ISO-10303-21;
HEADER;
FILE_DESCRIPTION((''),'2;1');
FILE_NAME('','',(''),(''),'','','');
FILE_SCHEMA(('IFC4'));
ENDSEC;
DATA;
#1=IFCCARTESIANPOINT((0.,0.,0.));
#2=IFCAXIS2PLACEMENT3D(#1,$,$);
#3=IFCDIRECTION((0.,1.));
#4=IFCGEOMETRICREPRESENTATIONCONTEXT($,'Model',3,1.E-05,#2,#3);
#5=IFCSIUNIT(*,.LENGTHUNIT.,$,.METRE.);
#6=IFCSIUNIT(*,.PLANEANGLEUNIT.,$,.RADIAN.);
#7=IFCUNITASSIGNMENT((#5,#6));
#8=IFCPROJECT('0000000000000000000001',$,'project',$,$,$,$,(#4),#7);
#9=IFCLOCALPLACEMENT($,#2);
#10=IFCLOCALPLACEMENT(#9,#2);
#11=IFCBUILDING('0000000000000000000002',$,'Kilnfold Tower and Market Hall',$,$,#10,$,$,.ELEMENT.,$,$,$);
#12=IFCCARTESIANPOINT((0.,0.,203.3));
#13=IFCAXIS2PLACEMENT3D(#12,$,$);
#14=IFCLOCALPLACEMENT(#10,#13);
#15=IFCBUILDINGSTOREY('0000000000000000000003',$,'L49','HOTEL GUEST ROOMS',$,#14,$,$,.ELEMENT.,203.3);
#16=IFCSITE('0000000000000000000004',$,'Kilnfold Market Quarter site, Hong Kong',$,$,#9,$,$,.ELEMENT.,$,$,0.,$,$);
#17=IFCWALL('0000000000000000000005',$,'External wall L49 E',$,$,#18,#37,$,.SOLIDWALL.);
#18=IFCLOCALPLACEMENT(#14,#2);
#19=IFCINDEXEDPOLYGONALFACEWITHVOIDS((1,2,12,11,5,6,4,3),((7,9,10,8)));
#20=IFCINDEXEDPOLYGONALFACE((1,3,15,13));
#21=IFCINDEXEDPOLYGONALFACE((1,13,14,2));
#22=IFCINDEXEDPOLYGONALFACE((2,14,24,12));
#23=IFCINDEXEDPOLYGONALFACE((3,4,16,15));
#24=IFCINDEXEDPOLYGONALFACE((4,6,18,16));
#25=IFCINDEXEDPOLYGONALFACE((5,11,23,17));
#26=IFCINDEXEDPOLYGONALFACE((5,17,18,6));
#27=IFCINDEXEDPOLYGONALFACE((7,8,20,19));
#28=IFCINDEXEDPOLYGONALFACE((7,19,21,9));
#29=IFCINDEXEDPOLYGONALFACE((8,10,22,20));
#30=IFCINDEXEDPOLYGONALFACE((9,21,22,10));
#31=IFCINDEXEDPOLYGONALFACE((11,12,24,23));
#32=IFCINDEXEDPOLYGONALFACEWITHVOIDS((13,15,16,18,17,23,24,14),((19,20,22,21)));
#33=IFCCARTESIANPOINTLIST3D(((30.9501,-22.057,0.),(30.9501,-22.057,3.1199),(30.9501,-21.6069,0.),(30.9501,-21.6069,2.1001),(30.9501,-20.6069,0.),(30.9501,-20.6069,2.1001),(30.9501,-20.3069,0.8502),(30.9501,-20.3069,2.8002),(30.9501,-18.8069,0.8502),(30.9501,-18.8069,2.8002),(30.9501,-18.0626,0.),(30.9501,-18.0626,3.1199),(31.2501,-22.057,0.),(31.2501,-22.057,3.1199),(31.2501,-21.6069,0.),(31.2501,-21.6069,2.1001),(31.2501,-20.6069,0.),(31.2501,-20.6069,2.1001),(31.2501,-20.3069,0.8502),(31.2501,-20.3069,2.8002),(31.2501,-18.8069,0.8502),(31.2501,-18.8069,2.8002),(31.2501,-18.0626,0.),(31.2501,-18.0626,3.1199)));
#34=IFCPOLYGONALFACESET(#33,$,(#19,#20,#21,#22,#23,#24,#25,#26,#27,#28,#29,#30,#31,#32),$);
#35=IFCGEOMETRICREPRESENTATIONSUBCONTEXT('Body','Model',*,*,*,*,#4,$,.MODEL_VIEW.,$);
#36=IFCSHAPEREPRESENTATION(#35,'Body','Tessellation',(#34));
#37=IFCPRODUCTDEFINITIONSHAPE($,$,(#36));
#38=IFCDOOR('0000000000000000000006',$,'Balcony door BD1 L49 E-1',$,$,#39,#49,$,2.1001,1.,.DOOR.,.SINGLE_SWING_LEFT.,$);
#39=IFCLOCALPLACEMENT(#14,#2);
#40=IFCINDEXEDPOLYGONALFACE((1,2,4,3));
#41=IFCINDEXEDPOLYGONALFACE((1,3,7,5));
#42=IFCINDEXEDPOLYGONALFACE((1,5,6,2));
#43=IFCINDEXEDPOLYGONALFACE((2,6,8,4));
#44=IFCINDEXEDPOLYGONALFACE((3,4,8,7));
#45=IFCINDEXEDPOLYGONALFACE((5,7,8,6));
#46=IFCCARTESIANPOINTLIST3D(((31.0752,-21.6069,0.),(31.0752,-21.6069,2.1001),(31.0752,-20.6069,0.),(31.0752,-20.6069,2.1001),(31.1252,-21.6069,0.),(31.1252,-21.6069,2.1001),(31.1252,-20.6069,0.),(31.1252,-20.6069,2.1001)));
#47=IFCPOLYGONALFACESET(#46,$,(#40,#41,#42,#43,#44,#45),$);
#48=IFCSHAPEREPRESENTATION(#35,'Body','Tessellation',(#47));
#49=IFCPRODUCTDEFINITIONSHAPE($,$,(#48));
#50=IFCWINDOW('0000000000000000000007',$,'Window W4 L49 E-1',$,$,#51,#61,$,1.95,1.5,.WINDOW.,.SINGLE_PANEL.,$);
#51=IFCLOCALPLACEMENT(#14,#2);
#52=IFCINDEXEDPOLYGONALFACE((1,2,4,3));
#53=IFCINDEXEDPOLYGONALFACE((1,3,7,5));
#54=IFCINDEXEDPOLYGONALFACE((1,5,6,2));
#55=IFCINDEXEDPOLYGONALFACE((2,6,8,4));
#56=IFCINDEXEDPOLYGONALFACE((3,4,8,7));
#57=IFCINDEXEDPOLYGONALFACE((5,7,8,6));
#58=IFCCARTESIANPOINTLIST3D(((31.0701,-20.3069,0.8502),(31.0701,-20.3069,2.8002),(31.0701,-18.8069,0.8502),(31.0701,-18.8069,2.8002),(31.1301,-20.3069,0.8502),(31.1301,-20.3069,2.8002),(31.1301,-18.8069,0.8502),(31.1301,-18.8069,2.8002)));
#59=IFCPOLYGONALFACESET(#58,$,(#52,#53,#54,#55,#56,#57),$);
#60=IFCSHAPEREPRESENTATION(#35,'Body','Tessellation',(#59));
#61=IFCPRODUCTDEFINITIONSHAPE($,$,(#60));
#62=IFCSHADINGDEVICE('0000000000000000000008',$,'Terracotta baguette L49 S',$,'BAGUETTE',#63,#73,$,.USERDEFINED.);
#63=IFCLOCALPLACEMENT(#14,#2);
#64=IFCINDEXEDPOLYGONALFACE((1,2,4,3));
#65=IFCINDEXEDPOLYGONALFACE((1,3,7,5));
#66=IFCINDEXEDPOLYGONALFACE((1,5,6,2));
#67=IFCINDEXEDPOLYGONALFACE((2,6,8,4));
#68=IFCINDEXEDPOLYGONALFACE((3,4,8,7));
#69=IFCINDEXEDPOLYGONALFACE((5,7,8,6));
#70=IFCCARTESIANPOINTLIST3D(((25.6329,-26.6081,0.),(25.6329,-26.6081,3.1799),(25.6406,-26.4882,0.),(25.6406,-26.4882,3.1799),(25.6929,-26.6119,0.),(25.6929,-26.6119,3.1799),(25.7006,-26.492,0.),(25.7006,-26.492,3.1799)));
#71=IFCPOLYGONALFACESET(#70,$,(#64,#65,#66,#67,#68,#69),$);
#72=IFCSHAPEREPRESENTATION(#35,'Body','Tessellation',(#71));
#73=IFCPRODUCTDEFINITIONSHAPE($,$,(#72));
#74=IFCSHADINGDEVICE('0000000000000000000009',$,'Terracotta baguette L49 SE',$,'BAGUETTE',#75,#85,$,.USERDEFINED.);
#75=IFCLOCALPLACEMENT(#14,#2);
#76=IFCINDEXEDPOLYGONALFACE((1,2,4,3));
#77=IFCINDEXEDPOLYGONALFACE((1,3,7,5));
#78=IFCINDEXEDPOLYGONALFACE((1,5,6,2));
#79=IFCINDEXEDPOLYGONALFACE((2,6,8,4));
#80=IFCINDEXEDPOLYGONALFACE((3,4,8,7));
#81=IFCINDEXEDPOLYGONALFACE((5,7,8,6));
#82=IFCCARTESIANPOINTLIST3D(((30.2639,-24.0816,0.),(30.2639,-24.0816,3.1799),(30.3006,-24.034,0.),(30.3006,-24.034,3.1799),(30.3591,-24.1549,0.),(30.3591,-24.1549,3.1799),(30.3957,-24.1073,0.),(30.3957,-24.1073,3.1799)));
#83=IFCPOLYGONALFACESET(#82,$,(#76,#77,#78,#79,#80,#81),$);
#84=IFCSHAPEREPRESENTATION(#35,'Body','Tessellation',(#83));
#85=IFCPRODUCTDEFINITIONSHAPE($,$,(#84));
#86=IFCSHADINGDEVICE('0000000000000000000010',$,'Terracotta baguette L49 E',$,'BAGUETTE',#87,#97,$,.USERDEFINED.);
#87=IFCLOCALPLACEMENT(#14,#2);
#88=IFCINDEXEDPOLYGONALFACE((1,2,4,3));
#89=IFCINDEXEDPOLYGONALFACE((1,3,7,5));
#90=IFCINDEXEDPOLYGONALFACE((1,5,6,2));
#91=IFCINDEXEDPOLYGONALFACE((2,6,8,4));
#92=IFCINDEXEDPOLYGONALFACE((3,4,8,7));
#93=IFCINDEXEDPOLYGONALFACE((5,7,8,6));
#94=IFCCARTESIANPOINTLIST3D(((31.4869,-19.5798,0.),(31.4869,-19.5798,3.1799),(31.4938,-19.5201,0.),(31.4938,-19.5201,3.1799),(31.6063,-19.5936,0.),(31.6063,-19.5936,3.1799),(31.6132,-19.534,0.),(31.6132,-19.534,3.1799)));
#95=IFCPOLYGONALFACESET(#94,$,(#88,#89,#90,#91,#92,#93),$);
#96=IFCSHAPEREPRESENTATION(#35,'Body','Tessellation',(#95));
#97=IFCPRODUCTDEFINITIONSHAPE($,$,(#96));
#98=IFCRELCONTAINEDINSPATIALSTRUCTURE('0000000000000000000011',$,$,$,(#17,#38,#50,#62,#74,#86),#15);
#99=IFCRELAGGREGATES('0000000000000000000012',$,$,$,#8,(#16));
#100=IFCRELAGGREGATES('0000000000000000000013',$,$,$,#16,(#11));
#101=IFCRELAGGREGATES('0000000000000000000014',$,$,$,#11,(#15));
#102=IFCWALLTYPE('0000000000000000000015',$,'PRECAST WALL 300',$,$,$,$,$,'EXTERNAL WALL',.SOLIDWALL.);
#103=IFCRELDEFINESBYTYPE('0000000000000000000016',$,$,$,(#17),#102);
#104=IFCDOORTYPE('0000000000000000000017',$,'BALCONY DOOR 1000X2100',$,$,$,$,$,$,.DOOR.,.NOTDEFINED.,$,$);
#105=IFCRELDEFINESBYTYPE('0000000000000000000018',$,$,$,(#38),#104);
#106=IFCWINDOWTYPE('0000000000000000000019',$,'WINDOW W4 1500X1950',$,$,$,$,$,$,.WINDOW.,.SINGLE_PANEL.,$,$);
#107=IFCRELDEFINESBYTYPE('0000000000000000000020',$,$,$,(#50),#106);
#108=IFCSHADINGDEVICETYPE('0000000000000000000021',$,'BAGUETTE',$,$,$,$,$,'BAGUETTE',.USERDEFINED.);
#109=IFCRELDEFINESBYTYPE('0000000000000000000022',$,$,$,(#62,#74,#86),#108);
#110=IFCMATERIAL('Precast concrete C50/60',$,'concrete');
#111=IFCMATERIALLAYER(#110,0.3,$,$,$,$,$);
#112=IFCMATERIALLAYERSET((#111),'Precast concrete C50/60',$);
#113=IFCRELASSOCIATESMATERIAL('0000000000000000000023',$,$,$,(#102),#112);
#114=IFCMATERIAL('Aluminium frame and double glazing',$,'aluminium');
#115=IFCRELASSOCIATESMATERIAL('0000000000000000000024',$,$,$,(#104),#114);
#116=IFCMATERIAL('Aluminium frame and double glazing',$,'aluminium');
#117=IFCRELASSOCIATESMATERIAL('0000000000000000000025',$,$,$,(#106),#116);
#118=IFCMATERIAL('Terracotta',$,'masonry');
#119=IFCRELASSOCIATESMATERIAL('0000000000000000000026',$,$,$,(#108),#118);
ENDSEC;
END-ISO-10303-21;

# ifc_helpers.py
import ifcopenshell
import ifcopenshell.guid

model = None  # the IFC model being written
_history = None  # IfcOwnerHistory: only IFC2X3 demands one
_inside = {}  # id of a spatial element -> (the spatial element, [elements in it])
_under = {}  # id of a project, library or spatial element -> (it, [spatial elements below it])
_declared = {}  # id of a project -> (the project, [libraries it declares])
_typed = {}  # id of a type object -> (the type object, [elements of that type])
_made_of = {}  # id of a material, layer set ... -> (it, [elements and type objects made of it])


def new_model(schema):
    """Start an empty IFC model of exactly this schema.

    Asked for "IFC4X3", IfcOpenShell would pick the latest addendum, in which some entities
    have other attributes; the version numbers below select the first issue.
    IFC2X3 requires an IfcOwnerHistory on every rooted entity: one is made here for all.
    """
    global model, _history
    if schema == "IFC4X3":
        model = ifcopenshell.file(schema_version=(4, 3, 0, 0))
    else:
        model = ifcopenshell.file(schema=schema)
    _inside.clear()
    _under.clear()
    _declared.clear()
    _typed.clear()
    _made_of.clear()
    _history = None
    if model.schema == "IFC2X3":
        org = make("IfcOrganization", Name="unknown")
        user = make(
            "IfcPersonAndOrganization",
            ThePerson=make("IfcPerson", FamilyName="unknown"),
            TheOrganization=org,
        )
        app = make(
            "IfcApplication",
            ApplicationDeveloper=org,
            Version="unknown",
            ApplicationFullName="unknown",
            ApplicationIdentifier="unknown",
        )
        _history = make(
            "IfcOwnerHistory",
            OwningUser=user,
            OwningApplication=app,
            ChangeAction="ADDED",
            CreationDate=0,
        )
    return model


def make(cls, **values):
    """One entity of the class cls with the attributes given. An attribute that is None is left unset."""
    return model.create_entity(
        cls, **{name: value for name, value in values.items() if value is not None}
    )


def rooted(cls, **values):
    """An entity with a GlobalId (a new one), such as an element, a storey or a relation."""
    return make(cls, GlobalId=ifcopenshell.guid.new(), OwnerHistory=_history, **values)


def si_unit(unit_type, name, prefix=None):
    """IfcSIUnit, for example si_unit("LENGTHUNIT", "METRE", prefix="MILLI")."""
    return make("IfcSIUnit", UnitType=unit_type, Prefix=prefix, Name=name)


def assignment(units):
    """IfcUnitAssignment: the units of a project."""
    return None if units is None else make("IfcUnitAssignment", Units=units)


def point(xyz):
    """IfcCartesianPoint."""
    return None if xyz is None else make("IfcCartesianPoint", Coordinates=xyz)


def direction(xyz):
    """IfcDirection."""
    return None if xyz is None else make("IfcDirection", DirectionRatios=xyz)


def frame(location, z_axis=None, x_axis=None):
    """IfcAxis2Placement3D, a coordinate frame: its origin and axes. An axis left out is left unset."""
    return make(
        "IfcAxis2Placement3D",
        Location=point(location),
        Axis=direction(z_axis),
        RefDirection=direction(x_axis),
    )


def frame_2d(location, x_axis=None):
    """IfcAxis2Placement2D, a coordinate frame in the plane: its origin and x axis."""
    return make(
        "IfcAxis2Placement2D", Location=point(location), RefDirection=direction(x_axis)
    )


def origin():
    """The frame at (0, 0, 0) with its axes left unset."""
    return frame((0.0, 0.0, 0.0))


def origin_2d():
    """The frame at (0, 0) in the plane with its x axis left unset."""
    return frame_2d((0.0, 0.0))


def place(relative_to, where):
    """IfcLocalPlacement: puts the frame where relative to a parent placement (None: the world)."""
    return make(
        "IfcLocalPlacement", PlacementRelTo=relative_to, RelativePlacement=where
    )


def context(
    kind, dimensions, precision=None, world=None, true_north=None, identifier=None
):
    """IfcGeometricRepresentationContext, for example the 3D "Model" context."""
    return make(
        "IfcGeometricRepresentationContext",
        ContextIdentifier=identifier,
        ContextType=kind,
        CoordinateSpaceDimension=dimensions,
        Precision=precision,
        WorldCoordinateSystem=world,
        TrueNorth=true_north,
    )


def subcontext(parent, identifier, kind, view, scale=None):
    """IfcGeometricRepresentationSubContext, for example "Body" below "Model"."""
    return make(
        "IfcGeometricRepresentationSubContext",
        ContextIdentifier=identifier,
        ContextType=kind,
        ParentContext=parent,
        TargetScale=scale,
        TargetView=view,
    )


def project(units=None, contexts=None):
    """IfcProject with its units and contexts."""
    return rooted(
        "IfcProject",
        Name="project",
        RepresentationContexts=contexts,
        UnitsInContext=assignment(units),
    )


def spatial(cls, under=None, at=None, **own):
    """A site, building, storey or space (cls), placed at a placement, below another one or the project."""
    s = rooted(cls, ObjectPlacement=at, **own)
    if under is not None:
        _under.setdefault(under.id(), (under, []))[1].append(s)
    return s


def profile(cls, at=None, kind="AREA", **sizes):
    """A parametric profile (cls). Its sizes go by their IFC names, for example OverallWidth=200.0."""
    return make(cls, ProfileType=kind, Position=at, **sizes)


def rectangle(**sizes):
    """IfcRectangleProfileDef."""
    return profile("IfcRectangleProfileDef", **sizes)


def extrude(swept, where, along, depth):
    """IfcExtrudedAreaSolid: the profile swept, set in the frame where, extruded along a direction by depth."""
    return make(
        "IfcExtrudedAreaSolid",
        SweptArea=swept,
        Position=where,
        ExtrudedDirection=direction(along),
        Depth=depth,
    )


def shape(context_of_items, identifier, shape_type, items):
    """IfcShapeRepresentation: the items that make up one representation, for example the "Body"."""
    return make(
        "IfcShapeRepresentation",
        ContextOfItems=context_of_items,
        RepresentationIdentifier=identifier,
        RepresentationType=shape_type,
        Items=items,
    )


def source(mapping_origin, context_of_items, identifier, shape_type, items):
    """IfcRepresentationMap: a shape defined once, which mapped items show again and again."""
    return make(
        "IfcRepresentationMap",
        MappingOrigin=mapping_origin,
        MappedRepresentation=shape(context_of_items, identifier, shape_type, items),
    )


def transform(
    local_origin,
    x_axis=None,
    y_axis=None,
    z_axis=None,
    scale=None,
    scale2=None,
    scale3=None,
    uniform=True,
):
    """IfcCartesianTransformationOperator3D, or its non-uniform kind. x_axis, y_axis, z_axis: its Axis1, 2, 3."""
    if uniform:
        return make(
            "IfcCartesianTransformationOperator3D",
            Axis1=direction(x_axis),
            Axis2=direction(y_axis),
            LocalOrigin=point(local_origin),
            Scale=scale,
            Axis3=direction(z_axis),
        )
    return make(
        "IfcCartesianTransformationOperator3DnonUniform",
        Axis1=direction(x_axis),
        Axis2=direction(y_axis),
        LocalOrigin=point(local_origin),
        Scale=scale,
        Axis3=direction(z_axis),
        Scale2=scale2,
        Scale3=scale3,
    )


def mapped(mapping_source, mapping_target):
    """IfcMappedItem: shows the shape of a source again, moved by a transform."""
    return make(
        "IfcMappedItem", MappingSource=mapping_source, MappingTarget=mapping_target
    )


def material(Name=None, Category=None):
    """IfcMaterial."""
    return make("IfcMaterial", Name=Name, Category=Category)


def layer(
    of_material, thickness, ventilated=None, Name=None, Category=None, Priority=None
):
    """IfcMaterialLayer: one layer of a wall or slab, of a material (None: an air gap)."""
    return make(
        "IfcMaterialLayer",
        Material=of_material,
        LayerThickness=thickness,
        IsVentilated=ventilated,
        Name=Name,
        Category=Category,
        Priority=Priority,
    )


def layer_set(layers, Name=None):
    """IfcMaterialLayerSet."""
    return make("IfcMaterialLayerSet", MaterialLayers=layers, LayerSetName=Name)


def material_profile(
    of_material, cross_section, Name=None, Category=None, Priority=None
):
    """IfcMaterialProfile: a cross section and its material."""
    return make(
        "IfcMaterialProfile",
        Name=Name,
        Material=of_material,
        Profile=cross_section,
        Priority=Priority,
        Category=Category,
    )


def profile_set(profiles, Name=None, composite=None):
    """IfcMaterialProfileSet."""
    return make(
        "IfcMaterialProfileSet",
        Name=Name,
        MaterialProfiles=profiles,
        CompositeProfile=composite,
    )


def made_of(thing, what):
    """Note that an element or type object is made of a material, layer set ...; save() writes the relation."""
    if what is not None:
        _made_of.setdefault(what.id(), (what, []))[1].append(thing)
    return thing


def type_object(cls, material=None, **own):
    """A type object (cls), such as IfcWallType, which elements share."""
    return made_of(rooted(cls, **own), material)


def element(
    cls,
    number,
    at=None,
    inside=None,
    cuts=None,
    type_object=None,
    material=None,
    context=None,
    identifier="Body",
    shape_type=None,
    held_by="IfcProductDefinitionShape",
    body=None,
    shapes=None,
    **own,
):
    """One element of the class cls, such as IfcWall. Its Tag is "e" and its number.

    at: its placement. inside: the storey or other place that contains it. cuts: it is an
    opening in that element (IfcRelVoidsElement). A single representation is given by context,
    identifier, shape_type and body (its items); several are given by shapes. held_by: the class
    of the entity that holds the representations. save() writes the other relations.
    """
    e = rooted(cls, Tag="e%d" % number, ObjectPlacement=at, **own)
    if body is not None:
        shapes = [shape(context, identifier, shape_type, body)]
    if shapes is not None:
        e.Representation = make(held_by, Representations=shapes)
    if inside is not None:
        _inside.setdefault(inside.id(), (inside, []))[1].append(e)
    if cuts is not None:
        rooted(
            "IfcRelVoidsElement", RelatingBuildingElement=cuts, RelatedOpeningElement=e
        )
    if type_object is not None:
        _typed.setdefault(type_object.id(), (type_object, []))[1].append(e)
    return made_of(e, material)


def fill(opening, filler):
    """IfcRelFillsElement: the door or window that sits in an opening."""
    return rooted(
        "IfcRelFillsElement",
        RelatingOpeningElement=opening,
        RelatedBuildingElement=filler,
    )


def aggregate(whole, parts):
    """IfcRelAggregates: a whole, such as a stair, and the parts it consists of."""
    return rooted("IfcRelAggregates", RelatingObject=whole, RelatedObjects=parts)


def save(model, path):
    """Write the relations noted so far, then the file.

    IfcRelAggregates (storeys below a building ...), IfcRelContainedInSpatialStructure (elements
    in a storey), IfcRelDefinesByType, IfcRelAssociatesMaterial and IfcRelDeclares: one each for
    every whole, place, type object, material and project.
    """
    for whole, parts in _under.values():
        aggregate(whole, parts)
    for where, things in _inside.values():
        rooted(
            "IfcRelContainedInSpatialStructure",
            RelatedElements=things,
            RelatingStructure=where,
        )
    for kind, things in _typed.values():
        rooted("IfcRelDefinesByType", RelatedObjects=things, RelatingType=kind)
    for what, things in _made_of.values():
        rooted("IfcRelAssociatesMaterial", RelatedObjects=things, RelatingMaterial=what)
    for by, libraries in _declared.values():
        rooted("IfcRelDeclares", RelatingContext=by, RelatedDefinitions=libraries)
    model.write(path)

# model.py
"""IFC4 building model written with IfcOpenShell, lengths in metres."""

from ifc_helpers import new_model, si_unit, direction, frame, frame_2d, origin, origin_2d, place, context, subcontext, project, spatial, rectangle, extrude, source, transform, mapped, material, layer, layer_set, material_profile, profile_set, type_object, element, fill, save


model = new_model("IFC4")

# Units and contexts
model_context = context("Model", 3, precision=1e-05, world=origin(), true_north=direction((0.0, 1.0)))
body_context = subcontext(model_context, "Body", "Model", "MODEL_VIEW")
ifc_project = project(units=[si_unit("LENGTHUNIT", "METRE"), si_unit("PLANEANGLEUNIT", "RADIAN")], contexts=[model_context])

# Site, building, storey
site_placement = place(None, origin())
site = spatial("IfcSite", under=ifc_project, at=site_placement, Name="Kilnfold Market Quarter site, Hong Kong", CompositionType="ELEMENT", RefElevation=0.0)
building_placement = place(site_placement, origin())
building = spatial("IfcBuilding", under=site, at=building_placement, Name="Kilnfold Tower and Market Hall", CompositionType="ELEMENT")
storey_placement = place(building_placement, frame((0.0, 0.0, 203.3)))
storey = spatial("IfcBuildingStorey", under=building, at=storey_placement, Name="L49", Description="HOTEL GUEST ROOMS", CompositionType="ELEMENT", Elevation=203.3)

# Wall, openings, door, window
ifc_material_1 = material(Name="Precast concrete C50/60", Category="concrete")
ifc_layer_1 = layer(ifc_material_1, 0.3)
ifc_layer_set_1 = layer_set([ifc_layer_1], Name="Precast concrete C50/60")
wall_type_1 = type_object("IfcWallType", Name="PRECAST WALL 300", ElementType="EXTERNAL WALL", PredefinedType="SOLIDWALL", material=ifc_layer_set_1)
ifc_material_2 = material(Name="Aluminium frame and double glazing", Category="aluminium")
door_type_1 = type_object("IfcDoorType", Name="BALCONY DOOR 1000X2100", OperationType="NOTDEFINED", PredefinedType="DOOR", material=ifc_material_2)
ifc_material_3 = material(Name="Aluminium frame and double glazing", Category="aluminium")
window_type = type_object("IfcWindowType", Name="WINDOW W4 1500X1950", PartitioningType="SINGLE_PANEL", PredefinedType="WINDOW", material=ifc_material_3)
shared_shape_1 = source(origin(), body_context, "Body", "SweptSolid", [
    extrude(rectangle(XDim=3.9944, YDim=0.3, at=frame_2d((1.9971, 0.0))), origin(), (0.0, 0.0, 1.0), 3.1199),
])
wall_1_placement = place(storey_placement, frame((31.1001, -22.0569, 0.0), z_axis=(0.0, 0.0, 1.0), x_axis=(0.0, 1.0, 0.0)))
wall_1 = element("IfcWall", 1, at=wall_1_placement, inside=storey, type_object=wall_type_1, Name="External wall L49 E", PredefinedType="SOLIDWALL", context=body_context, shape_type="MappedRepresentation", body=[
    mapped(shared_shape_1, transform((0.0, 0.0, 0.0))),
])
opening_1_placement = place(wall_1_placement, frame((1.75, 0.0, 0.8501)))
opening_1 = element("IfcOpeningElement", 2, at=opening_1_placement, cuts=wall_1, PredefinedType="OPENING", context=body_context, shape_type="SweptSolid", body=[
    extrude(rectangle(XDim=1.5, YDim=1.95, at=frame_2d((0.75, 0.9751))), frame((0.0, 0.1602, 0.0), z_axis=(0.0, -1.0, 0.0), x_axis=(1.0, 0.0, 0.0)), (0.0, 0.0, 1.0), 0.3201),
])
opening_2_placement = place(wall_1_placement, frame((0.45, 0.0, 0.0)))
opening_2 = element("IfcOpeningElement", 3, at=opening_2_placement, cuts=wall_1, PredefinedType="OPENING", context=body_context, shape_type="SweptSolid", body=[
    extrude(rectangle(XDim=1.0, YDim=2.1001, at=frame_2d((0.5, 1.05))), frame((0.0, 0.1602, 0.0), z_axis=(0.0, -1.0, 0.0), x_axis=(1.0, 0.0, 0.0)), (0.0, 0.0, 1.0), 0.3201),
])
door_1_placement = place(opening_2_placement, origin())
door_1 = element("IfcDoor", 4, at=door_1_placement, inside=storey, type_object=door_type_1, Name="Balcony door BD1 L49 E-1", OperationType="SINGLE_SWING_LEFT", OverallHeight=2.1001, OverallWidth=1.0, PredefinedType="DOOR", context=body_context, shape_type="SweptSolid", body=[
    extrude(rectangle(XDim=1.0, YDim=2.1001, at=frame_2d((0.5, 1.05))), frame((0.0, 0.0249, 0.0), z_axis=(0.0, -1.0, 0.0), x_axis=(1.0, 0.0, 0.0)), (0.0, 0.0, 1.0), 0.05),
])
fill(opening_2, door_1)
window_1_placement = place(opening_1_placement, origin())
window_1 = element("IfcWindow", 5, at=window_1_placement, inside=storey, type_object=window_type, Name="Window W4 L49 E-1", OverallHeight=1.95, OverallWidth=1.5, PartitioningType="SINGLE_PANEL", PredefinedType="WINDOW", context=body_context, shape_type="SweptSolid", body=[
    extrude(rectangle(XDim=1.5, YDim=1.95, at=frame_2d((0.75, 0.9751))), frame((0.0, 0.03, 0.0), z_axis=(0.0, -1.0, 0.0), x_axis=(1.0, 0.0, 0.0)), (0.0, 0.0, 1.0), 0.0601),
])
fill(opening_1, window_1)

# Shading devices
ifc_material_4 = material(Name="Terracotta", Category="masonry")
ifc_material_profile_1 = material_profile(ifc_material_4, rectangle(XDim=0.0601, YDim=0.1201, at=origin_2d()), Name="BAG 60x120")
ifc_profile_set_1 = profile_set([ifc_material_profile_1], Name="Terracotta")
shading_device_type = type_object("IfcShadingDeviceType", Name="BAGUETTE", ElementType="BAGUETTE", PredefinedType="USERDEFINED", material=ifc_profile_set_1)
shared_shape_2 = source(origin(), body_context, "Body", "SweptSolid", [
    extrude(rectangle(XDim=0.0601, YDim=0.1201, at=origin_2d()), origin(), (0.0, 0.0, 1.0), 3.1799),
])
for number, where, z_axis, x_axis, name in (
    (6, (25.6667, -26.55, 0.0), (0.0, 0.0, 1.0), (0.997951, -0.063978, 0.0), "Terracotta baguette L49 S"),
    (7, (30.3298, -24.0945, 0.0), (0.0, 0.0, 1.0), (0.610184, 0.79226, 0.0), "Terracotta baguette L49 SE"),
    (8, (31.55, -19.5569, 0.0), (0.0, 0.0, 1.0), (0.115048, 0.99336, 0.0), "Terracotta baguette L49 E"),
):
    element("IfcShadingDevice", number, at=place(storey_placement, frame(where, z_axis=z_axis, x_axis=x_axis)), inside=storey, type_object=shading_device_type, Name=name, ObjectType="BAGUETTE", PredefinedType="USERDEFINED", context=body_context, shape_type="MappedRepresentation", body=[
        mapped(shared_shape_2, transform((0.0, 0.0, 0.0))),
    ])

save(model, "model.ifc")
